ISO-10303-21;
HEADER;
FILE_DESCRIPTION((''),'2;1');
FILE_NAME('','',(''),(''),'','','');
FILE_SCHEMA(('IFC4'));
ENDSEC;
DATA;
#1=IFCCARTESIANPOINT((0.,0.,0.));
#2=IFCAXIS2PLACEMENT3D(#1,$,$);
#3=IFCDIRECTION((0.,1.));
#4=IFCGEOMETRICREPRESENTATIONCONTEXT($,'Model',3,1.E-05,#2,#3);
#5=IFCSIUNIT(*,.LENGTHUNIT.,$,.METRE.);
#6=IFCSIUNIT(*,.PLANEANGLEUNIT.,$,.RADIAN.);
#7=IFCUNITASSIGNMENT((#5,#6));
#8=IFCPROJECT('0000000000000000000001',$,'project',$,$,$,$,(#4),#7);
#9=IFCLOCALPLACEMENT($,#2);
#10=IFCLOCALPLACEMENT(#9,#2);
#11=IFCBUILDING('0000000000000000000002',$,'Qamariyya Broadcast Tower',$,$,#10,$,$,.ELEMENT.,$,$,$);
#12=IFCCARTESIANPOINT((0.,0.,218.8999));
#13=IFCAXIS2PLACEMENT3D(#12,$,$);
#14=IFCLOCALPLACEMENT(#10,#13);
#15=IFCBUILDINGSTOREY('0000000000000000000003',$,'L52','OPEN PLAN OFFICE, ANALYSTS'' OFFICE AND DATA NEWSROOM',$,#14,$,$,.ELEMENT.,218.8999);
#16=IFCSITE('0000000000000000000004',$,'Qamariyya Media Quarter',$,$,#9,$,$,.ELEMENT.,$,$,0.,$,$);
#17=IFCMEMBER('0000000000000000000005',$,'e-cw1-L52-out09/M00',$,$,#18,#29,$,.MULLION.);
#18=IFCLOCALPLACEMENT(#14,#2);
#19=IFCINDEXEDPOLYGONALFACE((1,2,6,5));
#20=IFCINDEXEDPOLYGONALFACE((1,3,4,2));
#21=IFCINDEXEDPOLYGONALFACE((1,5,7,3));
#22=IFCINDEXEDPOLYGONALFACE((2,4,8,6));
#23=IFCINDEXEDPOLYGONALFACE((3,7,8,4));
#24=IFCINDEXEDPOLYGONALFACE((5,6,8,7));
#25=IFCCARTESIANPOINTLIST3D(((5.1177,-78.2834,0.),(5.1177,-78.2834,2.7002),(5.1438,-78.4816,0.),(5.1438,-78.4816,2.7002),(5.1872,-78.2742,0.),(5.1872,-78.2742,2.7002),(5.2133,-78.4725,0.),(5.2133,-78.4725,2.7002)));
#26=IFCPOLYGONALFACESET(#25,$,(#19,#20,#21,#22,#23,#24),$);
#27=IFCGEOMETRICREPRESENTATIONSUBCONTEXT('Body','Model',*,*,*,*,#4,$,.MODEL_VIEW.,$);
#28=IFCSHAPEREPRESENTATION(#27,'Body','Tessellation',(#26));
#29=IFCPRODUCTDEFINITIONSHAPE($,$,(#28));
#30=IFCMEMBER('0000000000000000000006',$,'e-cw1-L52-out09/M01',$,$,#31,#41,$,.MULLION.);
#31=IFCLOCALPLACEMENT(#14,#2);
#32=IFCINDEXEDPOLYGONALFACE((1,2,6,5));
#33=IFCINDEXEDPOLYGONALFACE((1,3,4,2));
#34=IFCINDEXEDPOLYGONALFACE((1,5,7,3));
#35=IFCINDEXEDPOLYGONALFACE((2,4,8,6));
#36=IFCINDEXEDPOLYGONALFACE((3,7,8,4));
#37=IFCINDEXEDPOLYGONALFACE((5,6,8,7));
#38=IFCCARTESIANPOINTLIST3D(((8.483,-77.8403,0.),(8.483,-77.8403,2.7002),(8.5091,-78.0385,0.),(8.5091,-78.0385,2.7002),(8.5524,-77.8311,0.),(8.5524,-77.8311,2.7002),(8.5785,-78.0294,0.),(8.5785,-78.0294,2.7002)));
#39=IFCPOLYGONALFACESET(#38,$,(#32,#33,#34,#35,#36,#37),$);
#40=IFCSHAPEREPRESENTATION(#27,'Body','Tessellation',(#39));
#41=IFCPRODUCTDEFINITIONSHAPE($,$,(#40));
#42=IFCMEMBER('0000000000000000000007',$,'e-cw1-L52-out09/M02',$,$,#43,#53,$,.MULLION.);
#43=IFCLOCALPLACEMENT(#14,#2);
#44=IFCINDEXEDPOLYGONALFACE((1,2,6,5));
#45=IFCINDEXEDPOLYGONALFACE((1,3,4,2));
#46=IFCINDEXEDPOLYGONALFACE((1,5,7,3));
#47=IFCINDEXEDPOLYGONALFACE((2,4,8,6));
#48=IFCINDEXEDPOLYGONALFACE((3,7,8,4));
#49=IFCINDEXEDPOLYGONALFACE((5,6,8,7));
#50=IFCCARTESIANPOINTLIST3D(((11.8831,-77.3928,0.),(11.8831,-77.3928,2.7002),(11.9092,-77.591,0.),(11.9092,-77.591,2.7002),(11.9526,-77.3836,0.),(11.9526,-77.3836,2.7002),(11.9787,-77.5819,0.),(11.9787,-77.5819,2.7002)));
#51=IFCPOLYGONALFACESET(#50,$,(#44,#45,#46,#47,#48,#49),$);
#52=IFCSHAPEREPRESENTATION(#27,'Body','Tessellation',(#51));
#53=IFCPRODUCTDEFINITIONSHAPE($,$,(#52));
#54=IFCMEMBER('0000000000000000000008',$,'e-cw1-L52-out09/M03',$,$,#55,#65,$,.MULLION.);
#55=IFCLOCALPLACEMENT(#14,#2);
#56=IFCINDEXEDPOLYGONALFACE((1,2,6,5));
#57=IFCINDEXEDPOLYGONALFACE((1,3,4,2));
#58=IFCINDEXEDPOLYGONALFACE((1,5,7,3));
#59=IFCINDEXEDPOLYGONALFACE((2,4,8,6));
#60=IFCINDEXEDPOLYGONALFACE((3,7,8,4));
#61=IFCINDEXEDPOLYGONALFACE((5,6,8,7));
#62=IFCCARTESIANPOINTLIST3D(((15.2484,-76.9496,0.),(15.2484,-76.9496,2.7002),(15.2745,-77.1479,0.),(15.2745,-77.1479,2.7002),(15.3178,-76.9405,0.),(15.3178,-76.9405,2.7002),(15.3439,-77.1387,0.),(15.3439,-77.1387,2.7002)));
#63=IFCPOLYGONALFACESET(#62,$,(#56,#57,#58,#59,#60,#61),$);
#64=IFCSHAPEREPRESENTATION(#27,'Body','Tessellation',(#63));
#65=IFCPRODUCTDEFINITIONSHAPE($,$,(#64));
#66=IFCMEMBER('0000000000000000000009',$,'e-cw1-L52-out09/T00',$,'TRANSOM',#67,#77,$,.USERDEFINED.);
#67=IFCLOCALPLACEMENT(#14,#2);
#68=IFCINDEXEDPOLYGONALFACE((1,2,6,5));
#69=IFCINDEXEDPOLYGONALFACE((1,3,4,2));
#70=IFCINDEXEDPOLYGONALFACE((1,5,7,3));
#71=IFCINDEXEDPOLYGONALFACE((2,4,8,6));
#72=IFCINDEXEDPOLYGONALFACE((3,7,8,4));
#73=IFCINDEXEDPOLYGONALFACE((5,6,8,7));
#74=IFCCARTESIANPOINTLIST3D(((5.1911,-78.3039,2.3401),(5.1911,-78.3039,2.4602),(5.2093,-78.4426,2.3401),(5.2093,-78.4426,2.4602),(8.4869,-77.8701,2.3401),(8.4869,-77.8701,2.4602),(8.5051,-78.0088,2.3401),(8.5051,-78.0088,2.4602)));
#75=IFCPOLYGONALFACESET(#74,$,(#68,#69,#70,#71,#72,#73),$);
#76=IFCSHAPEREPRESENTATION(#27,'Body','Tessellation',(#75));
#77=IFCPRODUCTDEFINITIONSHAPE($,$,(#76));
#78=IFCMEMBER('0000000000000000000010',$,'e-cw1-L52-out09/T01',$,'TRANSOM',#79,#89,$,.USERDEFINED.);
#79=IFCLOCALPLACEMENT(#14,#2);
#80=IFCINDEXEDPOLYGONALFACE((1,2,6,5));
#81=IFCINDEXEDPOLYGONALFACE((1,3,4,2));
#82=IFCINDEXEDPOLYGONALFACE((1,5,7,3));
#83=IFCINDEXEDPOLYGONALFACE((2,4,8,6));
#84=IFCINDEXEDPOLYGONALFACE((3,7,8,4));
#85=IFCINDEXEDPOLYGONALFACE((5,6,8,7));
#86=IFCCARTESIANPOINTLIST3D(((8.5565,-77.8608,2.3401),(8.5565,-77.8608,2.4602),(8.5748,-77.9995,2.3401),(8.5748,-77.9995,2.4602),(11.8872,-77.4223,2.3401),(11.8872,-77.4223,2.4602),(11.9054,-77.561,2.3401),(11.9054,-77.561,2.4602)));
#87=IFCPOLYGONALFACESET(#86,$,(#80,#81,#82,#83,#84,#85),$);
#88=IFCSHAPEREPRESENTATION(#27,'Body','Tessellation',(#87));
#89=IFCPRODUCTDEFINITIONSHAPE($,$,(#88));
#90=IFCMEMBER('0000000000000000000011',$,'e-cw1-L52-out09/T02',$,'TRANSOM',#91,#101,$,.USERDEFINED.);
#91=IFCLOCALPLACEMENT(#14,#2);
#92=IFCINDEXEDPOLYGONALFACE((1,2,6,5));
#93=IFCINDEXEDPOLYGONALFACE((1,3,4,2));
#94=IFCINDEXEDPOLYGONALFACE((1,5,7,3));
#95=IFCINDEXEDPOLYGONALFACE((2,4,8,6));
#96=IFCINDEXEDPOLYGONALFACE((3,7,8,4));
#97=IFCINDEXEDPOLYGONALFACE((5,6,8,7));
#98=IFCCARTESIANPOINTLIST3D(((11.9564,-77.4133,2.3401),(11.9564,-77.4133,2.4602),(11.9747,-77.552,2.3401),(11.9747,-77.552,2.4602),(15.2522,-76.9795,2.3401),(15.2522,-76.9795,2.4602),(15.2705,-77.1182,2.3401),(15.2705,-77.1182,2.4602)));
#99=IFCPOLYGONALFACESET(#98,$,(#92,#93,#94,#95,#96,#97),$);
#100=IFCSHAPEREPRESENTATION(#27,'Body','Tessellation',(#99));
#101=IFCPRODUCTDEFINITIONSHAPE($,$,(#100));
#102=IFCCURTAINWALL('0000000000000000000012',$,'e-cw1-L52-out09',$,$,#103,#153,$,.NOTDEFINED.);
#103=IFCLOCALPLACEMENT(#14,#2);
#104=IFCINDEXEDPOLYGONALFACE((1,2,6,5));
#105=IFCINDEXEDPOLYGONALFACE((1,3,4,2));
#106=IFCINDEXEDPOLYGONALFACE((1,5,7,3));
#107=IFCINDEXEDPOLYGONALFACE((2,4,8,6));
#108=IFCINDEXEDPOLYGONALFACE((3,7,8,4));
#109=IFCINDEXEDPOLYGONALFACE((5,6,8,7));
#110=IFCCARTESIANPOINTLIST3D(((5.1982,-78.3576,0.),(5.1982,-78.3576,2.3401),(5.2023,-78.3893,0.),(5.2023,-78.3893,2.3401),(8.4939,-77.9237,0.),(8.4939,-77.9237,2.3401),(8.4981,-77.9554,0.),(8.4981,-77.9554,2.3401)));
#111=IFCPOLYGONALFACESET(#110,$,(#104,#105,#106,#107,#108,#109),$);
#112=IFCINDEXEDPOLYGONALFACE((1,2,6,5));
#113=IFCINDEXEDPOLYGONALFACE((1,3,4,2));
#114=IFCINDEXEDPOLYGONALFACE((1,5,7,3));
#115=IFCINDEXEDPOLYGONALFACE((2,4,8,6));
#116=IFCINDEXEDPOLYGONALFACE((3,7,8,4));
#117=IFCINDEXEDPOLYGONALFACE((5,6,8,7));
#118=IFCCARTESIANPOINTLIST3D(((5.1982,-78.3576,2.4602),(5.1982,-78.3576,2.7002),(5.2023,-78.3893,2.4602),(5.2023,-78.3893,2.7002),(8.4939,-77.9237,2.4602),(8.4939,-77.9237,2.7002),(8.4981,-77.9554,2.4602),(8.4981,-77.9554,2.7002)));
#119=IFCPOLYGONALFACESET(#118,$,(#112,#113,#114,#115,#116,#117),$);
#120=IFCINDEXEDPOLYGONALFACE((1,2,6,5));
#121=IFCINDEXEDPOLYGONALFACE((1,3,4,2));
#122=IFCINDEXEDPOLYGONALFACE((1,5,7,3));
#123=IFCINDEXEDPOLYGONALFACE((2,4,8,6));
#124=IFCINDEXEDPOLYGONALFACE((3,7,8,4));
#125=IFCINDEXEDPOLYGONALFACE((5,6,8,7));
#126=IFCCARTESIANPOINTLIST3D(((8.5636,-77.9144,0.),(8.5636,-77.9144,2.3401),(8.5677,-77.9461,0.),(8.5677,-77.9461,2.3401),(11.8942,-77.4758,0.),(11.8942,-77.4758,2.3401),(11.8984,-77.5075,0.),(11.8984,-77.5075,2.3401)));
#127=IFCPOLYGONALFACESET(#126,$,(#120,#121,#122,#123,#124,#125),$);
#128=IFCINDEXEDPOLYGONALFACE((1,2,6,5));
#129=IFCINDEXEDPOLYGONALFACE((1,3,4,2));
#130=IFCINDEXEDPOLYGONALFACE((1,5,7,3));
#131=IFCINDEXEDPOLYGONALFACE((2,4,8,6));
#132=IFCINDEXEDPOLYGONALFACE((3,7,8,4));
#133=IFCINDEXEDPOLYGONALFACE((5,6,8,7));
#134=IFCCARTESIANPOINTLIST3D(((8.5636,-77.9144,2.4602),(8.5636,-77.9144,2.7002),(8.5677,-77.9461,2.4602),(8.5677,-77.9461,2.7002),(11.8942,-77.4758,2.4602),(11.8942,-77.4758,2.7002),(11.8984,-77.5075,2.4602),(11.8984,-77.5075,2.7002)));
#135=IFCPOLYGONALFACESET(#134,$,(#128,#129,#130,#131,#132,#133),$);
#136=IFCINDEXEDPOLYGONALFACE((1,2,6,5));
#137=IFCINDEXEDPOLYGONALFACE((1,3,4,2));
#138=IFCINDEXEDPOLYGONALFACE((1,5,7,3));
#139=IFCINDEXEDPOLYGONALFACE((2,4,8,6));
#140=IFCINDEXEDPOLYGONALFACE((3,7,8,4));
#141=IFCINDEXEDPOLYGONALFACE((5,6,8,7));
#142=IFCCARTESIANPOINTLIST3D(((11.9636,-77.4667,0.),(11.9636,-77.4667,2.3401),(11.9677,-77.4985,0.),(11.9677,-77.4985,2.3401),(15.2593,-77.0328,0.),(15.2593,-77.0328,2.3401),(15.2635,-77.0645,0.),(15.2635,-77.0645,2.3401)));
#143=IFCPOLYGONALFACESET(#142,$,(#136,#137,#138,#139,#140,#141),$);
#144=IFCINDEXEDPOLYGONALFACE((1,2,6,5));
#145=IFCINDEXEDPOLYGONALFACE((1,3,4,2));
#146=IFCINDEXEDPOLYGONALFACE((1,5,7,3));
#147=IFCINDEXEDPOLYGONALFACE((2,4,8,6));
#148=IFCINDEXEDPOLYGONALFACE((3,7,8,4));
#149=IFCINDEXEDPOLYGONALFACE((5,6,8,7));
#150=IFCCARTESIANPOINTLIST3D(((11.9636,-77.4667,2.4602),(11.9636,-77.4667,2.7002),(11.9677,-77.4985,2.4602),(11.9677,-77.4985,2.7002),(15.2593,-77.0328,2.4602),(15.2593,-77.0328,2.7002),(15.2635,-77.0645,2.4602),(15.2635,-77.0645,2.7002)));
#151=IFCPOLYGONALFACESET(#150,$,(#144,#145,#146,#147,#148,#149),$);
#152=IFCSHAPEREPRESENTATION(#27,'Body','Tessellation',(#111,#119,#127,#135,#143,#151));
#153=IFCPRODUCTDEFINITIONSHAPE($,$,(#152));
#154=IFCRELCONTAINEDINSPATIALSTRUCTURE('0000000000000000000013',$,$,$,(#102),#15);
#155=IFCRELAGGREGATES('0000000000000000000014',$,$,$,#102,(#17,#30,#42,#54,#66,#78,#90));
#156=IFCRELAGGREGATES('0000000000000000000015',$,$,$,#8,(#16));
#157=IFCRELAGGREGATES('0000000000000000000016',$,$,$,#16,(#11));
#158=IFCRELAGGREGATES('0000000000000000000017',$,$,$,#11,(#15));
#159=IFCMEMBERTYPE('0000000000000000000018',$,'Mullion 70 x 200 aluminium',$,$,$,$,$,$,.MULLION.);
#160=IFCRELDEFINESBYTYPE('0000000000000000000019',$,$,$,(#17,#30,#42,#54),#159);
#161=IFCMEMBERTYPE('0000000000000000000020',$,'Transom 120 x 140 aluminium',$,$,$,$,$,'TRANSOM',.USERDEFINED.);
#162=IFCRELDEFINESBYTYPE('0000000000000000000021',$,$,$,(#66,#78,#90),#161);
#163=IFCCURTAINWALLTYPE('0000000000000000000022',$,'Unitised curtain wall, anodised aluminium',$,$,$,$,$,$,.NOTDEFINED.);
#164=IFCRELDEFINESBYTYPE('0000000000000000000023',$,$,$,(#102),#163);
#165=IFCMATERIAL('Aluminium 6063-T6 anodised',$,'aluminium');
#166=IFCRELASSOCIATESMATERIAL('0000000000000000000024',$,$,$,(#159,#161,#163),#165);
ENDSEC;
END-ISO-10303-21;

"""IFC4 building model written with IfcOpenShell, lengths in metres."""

from ifc_helpers import new_model, si_unit, direction, frame, origin, origin_2d, place, context, subcontext, project, spatial, rectangle, extrude, material, material_profile, profile_set, type_object, element, aggregate, save


model = new_model("IFC4")

# Units and contexts
model_context = context("Model", 3, precision=1e-05, world=origin(), true_north=direction((0.0, 1.0)))
body_context = subcontext(model_context, "Body", "Model", "MODEL_VIEW")
ifc_project = project(units=[si_unit("LENGTHUNIT", "METRE"), si_unit("PLANEANGLEUNIT", "RADIAN")], contexts=[model_context])

# Members
ifc_material = material(Name="Aluminium 6063-T6 anodised", Category="aluminium")
ifc_material_profile_1 = material_profile(ifc_material, rectangle(XDim=0.2, YDim=0.0701, at=origin_2d()))
ifc_profile_set_1 = profile_set([ifc_material_profile_1], Name="Aluminium 6063-T6 anodised")
member_type_1 = type_object("IfcMemberType", Name="Mullion 70 x 200 aluminium", PredefinedType="MULLION", material=ifc_profile_set_1)
site_placement = place(None, origin())
building_placement = place(site_placement, origin())
storey_placement = place(building_placement, frame((0.0, 0.0, 218.8999)))
member_1_placement = place(storey_placement, frame((5.1655, -78.3779, 0.0), z_axis=(0.0, 0.0, 1.0), x_axis=(-0.130526, 0.991445, 0.0)))
member_1 = element("IfcMember", 1, at=member_1_placement, type_object=member_type_1, Name="e-cw1-L52-out09/M00", PredefinedType="MULLION", context=body_context, shape_type="SweptSolid", body=[
    extrude(rectangle(XDim=0.2, YDim=0.0701, at=origin_2d()), origin(), (0.0, 0.0, 1.0), 2.7002),
])
member_2_placement = place(storey_placement, frame((8.5308, -77.9348, 0.0), z_axis=(0.0, 0.0, 1.0), x_axis=(-0.130526, 0.991445, 0.0)))
member_2 = element("IfcMember", 2, at=member_2_placement, type_object=member_type_1, Name="e-cw1-L52-out09/M01", PredefinedType="MULLION", context=body_context, shape_type="SweptSolid", body=[
    extrude(rectangle(XDim=0.2, YDim=0.0701, at=origin_2d()), origin(), (0.0, 0.0, 1.0), 2.7002),
])
member_3_placement = place(storey_placement, frame((11.9309, -77.4873, 0.0), z_axis=(0.0, 0.0, 1.0), x_axis=(-0.130526, 0.991445, 0.0)))
member_3 = element("IfcMember", 3, at=member_3_placement, type_object=member_type_1, Name="e-cw1-L52-out09/M02", PredefinedType="MULLION", context=body_context, shape_type="SweptSolid", body=[
    extrude(rectangle(XDim=0.2, YDim=0.0701, at=origin_2d()), origin(), (0.0, 0.0, 1.0), 2.7002),
])
member_4_placement = place(storey_placement, frame((15.2961, -77.0442, 0.0), z_axis=(0.0, 0.0, 1.0), x_axis=(-0.130526, 0.991445, 0.0)))
member_4 = element("IfcMember", 4, at=member_4_placement, type_object=member_type_1, Name="e-cw1-L52-out09/M03", PredefinedType="MULLION", context=body_context, shape_type="SweptSolid", body=[
    extrude(rectangle(XDim=0.2, YDim=0.0701, at=origin_2d()), origin(), (0.0, 0.0, 1.0), 2.7002),
])
ifc_material_profile_2 = material_profile(ifc_material, rectangle(XDim=0.1399, YDim=0.1201, at=origin_2d()))
ifc_profile_set_2 = profile_set([ifc_material_profile_2], Name="Aluminium 6063-T6 anodised")
member_type_2 = type_object("IfcMemberType", Name="Transom 120 x 140 aluminium", ElementType="TRANSOM", PredefinedType="USERDEFINED", material=ifc_profile_set_2)
member_5_placement = place(storey_placement, frame((5.2002, -78.3733, 2.4001), z_axis=(0.991448, 0.130504, 0.0), x_axis=(-0.130504, 0.991448, 0.0)))
member_5 = element("IfcMember", 5, at=member_5_placement, type_object=member_type_2, Name="e-cw1-L52-out09/T00", ObjectType="TRANSOM", PredefinedType="USERDEFINED", context=body_context, shape_type="SweptSolid", body=[
    extrude(rectangle(XDim=0.1399, YDim=0.1201, at=origin_2d()), origin(), (0.0, 0.0, 1.0), 3.3242),
])
member_6_placement = place(storey_placement, frame((8.5657, -77.9302, 2.4001), z_axis=(0.991445, 0.130526, 0.0), x_axis=(-0.130526, 0.991445, 0.0)))
member_6 = element("IfcMember", 6, at=member_6_placement, type_object=member_type_2, Name="e-cw1-L52-out09/T01", ObjectType="TRANSOM", PredefinedType="USERDEFINED", context=body_context, shape_type="SweptSolid", body=[
    extrude(rectangle(XDim=0.1399, YDim=0.1201, at=origin_2d()), origin(), (0.0, 0.0, 1.0), 3.3594),
])
member_7_placement = place(storey_placement, frame((11.9656, -77.4827, 2.4001), z_axis=(0.991448, 0.130504, 0.0), x_axis=(-0.130504, 0.991448, 0.0)))
member_7 = element("IfcMember", 7, at=member_7_placement, type_object=member_type_2, Name="e-cw1-L52-out09/T02", ObjectType="TRANSOM", PredefinedType="USERDEFINED", context=body_context, shape_type="SweptSolid", body=[
    extrude(rectangle(XDim=0.1399, YDim=0.1201, at=origin_2d()), origin(), (0.0, 0.0, 1.0), 3.3242),
])

# Site, building, storey
site = spatial("IfcSite", under=ifc_project, at=site_placement, Name="Qamariyya Media Quarter", CompositionType="ELEMENT", RefElevation=0.0)
building = spatial("IfcBuilding", under=site, at=building_placement, Name="Qamariyya Broadcast Tower", CompositionType="ELEMENT")
storey = spatial("IfcBuildingStorey", under=building, at=storey_placement, Name="L52", Description="OPEN PLAN OFFICE, ANALYSTS' OFFICE AND DATA NEWSROOM", CompositionType="ELEMENT", Elevation=218.8999)

# Curtain wall
curtain_wall_type = type_object("IfcCurtainWallType", Name="Unitised curtain wall, anodised aluminium", PredefinedType="NOTDEFINED", material=ifc_material)
curtain_wall_1_placement = place(storey_placement, origin())
curtain_wall_1 = element("IfcCurtainWall", 8, at=curtain_wall_1_placement, inside=storey, type_object=curtain_wall_type, Name="e-cw1-L52-out09", PredefinedType="NOTDEFINED", context=body_context, shape_type="SweptSolid", body=[
    extrude(rectangle(XDim=3.3242, YDim=0.032, at=origin_2d()), frame((6.8481, -78.1565, 0.0), x_axis=(0.991443, 0.130542, 0.0)), (0.0, 0.0, 1.0), 2.3401),
    extrude(rectangle(XDim=3.3242, YDim=0.032, at=origin_2d()), frame((6.8481, -78.1565, 2.4602), x_axis=(0.991443, 0.130542, 0.0)), (0.0, 0.0, 1.0), 0.24),
    extrude(rectangle(XDim=3.3594, YDim=0.032, at=origin_2d()), frame((10.231, -77.7109, 0.0), x_axis=(0.991443, 0.130542, 0.0)), (0.0, 0.0, 1.0), 2.3401),
    extrude(rectangle(XDim=3.3594, YDim=0.032, at=origin_2d()), frame((10.231, -77.7109, 2.4602), x_axis=(0.991443, 0.130542, 0.0)), (0.0, 0.0, 1.0), 0.24),
    extrude(rectangle(XDim=3.3242, YDim=0.032, at=origin_2d()), frame((13.6135, -77.2656, 0.0), x_axis=(0.991443, 0.130542, 0.0)), (0.0, 0.0, 1.0), 2.3401),
    extrude(rectangle(XDim=3.3242, YDim=0.032, at=origin_2d()), frame((13.6135, -77.2656, 2.4602), x_axis=(0.991443, 0.130542, 0.0)), (0.0, 0.0, 1.0), 0.24),
])
aggregate(curtain_wall_1, [member_1, member_2, member_3, member_4, member_5, member_6, member_7])

save(model, "model.ifc")
